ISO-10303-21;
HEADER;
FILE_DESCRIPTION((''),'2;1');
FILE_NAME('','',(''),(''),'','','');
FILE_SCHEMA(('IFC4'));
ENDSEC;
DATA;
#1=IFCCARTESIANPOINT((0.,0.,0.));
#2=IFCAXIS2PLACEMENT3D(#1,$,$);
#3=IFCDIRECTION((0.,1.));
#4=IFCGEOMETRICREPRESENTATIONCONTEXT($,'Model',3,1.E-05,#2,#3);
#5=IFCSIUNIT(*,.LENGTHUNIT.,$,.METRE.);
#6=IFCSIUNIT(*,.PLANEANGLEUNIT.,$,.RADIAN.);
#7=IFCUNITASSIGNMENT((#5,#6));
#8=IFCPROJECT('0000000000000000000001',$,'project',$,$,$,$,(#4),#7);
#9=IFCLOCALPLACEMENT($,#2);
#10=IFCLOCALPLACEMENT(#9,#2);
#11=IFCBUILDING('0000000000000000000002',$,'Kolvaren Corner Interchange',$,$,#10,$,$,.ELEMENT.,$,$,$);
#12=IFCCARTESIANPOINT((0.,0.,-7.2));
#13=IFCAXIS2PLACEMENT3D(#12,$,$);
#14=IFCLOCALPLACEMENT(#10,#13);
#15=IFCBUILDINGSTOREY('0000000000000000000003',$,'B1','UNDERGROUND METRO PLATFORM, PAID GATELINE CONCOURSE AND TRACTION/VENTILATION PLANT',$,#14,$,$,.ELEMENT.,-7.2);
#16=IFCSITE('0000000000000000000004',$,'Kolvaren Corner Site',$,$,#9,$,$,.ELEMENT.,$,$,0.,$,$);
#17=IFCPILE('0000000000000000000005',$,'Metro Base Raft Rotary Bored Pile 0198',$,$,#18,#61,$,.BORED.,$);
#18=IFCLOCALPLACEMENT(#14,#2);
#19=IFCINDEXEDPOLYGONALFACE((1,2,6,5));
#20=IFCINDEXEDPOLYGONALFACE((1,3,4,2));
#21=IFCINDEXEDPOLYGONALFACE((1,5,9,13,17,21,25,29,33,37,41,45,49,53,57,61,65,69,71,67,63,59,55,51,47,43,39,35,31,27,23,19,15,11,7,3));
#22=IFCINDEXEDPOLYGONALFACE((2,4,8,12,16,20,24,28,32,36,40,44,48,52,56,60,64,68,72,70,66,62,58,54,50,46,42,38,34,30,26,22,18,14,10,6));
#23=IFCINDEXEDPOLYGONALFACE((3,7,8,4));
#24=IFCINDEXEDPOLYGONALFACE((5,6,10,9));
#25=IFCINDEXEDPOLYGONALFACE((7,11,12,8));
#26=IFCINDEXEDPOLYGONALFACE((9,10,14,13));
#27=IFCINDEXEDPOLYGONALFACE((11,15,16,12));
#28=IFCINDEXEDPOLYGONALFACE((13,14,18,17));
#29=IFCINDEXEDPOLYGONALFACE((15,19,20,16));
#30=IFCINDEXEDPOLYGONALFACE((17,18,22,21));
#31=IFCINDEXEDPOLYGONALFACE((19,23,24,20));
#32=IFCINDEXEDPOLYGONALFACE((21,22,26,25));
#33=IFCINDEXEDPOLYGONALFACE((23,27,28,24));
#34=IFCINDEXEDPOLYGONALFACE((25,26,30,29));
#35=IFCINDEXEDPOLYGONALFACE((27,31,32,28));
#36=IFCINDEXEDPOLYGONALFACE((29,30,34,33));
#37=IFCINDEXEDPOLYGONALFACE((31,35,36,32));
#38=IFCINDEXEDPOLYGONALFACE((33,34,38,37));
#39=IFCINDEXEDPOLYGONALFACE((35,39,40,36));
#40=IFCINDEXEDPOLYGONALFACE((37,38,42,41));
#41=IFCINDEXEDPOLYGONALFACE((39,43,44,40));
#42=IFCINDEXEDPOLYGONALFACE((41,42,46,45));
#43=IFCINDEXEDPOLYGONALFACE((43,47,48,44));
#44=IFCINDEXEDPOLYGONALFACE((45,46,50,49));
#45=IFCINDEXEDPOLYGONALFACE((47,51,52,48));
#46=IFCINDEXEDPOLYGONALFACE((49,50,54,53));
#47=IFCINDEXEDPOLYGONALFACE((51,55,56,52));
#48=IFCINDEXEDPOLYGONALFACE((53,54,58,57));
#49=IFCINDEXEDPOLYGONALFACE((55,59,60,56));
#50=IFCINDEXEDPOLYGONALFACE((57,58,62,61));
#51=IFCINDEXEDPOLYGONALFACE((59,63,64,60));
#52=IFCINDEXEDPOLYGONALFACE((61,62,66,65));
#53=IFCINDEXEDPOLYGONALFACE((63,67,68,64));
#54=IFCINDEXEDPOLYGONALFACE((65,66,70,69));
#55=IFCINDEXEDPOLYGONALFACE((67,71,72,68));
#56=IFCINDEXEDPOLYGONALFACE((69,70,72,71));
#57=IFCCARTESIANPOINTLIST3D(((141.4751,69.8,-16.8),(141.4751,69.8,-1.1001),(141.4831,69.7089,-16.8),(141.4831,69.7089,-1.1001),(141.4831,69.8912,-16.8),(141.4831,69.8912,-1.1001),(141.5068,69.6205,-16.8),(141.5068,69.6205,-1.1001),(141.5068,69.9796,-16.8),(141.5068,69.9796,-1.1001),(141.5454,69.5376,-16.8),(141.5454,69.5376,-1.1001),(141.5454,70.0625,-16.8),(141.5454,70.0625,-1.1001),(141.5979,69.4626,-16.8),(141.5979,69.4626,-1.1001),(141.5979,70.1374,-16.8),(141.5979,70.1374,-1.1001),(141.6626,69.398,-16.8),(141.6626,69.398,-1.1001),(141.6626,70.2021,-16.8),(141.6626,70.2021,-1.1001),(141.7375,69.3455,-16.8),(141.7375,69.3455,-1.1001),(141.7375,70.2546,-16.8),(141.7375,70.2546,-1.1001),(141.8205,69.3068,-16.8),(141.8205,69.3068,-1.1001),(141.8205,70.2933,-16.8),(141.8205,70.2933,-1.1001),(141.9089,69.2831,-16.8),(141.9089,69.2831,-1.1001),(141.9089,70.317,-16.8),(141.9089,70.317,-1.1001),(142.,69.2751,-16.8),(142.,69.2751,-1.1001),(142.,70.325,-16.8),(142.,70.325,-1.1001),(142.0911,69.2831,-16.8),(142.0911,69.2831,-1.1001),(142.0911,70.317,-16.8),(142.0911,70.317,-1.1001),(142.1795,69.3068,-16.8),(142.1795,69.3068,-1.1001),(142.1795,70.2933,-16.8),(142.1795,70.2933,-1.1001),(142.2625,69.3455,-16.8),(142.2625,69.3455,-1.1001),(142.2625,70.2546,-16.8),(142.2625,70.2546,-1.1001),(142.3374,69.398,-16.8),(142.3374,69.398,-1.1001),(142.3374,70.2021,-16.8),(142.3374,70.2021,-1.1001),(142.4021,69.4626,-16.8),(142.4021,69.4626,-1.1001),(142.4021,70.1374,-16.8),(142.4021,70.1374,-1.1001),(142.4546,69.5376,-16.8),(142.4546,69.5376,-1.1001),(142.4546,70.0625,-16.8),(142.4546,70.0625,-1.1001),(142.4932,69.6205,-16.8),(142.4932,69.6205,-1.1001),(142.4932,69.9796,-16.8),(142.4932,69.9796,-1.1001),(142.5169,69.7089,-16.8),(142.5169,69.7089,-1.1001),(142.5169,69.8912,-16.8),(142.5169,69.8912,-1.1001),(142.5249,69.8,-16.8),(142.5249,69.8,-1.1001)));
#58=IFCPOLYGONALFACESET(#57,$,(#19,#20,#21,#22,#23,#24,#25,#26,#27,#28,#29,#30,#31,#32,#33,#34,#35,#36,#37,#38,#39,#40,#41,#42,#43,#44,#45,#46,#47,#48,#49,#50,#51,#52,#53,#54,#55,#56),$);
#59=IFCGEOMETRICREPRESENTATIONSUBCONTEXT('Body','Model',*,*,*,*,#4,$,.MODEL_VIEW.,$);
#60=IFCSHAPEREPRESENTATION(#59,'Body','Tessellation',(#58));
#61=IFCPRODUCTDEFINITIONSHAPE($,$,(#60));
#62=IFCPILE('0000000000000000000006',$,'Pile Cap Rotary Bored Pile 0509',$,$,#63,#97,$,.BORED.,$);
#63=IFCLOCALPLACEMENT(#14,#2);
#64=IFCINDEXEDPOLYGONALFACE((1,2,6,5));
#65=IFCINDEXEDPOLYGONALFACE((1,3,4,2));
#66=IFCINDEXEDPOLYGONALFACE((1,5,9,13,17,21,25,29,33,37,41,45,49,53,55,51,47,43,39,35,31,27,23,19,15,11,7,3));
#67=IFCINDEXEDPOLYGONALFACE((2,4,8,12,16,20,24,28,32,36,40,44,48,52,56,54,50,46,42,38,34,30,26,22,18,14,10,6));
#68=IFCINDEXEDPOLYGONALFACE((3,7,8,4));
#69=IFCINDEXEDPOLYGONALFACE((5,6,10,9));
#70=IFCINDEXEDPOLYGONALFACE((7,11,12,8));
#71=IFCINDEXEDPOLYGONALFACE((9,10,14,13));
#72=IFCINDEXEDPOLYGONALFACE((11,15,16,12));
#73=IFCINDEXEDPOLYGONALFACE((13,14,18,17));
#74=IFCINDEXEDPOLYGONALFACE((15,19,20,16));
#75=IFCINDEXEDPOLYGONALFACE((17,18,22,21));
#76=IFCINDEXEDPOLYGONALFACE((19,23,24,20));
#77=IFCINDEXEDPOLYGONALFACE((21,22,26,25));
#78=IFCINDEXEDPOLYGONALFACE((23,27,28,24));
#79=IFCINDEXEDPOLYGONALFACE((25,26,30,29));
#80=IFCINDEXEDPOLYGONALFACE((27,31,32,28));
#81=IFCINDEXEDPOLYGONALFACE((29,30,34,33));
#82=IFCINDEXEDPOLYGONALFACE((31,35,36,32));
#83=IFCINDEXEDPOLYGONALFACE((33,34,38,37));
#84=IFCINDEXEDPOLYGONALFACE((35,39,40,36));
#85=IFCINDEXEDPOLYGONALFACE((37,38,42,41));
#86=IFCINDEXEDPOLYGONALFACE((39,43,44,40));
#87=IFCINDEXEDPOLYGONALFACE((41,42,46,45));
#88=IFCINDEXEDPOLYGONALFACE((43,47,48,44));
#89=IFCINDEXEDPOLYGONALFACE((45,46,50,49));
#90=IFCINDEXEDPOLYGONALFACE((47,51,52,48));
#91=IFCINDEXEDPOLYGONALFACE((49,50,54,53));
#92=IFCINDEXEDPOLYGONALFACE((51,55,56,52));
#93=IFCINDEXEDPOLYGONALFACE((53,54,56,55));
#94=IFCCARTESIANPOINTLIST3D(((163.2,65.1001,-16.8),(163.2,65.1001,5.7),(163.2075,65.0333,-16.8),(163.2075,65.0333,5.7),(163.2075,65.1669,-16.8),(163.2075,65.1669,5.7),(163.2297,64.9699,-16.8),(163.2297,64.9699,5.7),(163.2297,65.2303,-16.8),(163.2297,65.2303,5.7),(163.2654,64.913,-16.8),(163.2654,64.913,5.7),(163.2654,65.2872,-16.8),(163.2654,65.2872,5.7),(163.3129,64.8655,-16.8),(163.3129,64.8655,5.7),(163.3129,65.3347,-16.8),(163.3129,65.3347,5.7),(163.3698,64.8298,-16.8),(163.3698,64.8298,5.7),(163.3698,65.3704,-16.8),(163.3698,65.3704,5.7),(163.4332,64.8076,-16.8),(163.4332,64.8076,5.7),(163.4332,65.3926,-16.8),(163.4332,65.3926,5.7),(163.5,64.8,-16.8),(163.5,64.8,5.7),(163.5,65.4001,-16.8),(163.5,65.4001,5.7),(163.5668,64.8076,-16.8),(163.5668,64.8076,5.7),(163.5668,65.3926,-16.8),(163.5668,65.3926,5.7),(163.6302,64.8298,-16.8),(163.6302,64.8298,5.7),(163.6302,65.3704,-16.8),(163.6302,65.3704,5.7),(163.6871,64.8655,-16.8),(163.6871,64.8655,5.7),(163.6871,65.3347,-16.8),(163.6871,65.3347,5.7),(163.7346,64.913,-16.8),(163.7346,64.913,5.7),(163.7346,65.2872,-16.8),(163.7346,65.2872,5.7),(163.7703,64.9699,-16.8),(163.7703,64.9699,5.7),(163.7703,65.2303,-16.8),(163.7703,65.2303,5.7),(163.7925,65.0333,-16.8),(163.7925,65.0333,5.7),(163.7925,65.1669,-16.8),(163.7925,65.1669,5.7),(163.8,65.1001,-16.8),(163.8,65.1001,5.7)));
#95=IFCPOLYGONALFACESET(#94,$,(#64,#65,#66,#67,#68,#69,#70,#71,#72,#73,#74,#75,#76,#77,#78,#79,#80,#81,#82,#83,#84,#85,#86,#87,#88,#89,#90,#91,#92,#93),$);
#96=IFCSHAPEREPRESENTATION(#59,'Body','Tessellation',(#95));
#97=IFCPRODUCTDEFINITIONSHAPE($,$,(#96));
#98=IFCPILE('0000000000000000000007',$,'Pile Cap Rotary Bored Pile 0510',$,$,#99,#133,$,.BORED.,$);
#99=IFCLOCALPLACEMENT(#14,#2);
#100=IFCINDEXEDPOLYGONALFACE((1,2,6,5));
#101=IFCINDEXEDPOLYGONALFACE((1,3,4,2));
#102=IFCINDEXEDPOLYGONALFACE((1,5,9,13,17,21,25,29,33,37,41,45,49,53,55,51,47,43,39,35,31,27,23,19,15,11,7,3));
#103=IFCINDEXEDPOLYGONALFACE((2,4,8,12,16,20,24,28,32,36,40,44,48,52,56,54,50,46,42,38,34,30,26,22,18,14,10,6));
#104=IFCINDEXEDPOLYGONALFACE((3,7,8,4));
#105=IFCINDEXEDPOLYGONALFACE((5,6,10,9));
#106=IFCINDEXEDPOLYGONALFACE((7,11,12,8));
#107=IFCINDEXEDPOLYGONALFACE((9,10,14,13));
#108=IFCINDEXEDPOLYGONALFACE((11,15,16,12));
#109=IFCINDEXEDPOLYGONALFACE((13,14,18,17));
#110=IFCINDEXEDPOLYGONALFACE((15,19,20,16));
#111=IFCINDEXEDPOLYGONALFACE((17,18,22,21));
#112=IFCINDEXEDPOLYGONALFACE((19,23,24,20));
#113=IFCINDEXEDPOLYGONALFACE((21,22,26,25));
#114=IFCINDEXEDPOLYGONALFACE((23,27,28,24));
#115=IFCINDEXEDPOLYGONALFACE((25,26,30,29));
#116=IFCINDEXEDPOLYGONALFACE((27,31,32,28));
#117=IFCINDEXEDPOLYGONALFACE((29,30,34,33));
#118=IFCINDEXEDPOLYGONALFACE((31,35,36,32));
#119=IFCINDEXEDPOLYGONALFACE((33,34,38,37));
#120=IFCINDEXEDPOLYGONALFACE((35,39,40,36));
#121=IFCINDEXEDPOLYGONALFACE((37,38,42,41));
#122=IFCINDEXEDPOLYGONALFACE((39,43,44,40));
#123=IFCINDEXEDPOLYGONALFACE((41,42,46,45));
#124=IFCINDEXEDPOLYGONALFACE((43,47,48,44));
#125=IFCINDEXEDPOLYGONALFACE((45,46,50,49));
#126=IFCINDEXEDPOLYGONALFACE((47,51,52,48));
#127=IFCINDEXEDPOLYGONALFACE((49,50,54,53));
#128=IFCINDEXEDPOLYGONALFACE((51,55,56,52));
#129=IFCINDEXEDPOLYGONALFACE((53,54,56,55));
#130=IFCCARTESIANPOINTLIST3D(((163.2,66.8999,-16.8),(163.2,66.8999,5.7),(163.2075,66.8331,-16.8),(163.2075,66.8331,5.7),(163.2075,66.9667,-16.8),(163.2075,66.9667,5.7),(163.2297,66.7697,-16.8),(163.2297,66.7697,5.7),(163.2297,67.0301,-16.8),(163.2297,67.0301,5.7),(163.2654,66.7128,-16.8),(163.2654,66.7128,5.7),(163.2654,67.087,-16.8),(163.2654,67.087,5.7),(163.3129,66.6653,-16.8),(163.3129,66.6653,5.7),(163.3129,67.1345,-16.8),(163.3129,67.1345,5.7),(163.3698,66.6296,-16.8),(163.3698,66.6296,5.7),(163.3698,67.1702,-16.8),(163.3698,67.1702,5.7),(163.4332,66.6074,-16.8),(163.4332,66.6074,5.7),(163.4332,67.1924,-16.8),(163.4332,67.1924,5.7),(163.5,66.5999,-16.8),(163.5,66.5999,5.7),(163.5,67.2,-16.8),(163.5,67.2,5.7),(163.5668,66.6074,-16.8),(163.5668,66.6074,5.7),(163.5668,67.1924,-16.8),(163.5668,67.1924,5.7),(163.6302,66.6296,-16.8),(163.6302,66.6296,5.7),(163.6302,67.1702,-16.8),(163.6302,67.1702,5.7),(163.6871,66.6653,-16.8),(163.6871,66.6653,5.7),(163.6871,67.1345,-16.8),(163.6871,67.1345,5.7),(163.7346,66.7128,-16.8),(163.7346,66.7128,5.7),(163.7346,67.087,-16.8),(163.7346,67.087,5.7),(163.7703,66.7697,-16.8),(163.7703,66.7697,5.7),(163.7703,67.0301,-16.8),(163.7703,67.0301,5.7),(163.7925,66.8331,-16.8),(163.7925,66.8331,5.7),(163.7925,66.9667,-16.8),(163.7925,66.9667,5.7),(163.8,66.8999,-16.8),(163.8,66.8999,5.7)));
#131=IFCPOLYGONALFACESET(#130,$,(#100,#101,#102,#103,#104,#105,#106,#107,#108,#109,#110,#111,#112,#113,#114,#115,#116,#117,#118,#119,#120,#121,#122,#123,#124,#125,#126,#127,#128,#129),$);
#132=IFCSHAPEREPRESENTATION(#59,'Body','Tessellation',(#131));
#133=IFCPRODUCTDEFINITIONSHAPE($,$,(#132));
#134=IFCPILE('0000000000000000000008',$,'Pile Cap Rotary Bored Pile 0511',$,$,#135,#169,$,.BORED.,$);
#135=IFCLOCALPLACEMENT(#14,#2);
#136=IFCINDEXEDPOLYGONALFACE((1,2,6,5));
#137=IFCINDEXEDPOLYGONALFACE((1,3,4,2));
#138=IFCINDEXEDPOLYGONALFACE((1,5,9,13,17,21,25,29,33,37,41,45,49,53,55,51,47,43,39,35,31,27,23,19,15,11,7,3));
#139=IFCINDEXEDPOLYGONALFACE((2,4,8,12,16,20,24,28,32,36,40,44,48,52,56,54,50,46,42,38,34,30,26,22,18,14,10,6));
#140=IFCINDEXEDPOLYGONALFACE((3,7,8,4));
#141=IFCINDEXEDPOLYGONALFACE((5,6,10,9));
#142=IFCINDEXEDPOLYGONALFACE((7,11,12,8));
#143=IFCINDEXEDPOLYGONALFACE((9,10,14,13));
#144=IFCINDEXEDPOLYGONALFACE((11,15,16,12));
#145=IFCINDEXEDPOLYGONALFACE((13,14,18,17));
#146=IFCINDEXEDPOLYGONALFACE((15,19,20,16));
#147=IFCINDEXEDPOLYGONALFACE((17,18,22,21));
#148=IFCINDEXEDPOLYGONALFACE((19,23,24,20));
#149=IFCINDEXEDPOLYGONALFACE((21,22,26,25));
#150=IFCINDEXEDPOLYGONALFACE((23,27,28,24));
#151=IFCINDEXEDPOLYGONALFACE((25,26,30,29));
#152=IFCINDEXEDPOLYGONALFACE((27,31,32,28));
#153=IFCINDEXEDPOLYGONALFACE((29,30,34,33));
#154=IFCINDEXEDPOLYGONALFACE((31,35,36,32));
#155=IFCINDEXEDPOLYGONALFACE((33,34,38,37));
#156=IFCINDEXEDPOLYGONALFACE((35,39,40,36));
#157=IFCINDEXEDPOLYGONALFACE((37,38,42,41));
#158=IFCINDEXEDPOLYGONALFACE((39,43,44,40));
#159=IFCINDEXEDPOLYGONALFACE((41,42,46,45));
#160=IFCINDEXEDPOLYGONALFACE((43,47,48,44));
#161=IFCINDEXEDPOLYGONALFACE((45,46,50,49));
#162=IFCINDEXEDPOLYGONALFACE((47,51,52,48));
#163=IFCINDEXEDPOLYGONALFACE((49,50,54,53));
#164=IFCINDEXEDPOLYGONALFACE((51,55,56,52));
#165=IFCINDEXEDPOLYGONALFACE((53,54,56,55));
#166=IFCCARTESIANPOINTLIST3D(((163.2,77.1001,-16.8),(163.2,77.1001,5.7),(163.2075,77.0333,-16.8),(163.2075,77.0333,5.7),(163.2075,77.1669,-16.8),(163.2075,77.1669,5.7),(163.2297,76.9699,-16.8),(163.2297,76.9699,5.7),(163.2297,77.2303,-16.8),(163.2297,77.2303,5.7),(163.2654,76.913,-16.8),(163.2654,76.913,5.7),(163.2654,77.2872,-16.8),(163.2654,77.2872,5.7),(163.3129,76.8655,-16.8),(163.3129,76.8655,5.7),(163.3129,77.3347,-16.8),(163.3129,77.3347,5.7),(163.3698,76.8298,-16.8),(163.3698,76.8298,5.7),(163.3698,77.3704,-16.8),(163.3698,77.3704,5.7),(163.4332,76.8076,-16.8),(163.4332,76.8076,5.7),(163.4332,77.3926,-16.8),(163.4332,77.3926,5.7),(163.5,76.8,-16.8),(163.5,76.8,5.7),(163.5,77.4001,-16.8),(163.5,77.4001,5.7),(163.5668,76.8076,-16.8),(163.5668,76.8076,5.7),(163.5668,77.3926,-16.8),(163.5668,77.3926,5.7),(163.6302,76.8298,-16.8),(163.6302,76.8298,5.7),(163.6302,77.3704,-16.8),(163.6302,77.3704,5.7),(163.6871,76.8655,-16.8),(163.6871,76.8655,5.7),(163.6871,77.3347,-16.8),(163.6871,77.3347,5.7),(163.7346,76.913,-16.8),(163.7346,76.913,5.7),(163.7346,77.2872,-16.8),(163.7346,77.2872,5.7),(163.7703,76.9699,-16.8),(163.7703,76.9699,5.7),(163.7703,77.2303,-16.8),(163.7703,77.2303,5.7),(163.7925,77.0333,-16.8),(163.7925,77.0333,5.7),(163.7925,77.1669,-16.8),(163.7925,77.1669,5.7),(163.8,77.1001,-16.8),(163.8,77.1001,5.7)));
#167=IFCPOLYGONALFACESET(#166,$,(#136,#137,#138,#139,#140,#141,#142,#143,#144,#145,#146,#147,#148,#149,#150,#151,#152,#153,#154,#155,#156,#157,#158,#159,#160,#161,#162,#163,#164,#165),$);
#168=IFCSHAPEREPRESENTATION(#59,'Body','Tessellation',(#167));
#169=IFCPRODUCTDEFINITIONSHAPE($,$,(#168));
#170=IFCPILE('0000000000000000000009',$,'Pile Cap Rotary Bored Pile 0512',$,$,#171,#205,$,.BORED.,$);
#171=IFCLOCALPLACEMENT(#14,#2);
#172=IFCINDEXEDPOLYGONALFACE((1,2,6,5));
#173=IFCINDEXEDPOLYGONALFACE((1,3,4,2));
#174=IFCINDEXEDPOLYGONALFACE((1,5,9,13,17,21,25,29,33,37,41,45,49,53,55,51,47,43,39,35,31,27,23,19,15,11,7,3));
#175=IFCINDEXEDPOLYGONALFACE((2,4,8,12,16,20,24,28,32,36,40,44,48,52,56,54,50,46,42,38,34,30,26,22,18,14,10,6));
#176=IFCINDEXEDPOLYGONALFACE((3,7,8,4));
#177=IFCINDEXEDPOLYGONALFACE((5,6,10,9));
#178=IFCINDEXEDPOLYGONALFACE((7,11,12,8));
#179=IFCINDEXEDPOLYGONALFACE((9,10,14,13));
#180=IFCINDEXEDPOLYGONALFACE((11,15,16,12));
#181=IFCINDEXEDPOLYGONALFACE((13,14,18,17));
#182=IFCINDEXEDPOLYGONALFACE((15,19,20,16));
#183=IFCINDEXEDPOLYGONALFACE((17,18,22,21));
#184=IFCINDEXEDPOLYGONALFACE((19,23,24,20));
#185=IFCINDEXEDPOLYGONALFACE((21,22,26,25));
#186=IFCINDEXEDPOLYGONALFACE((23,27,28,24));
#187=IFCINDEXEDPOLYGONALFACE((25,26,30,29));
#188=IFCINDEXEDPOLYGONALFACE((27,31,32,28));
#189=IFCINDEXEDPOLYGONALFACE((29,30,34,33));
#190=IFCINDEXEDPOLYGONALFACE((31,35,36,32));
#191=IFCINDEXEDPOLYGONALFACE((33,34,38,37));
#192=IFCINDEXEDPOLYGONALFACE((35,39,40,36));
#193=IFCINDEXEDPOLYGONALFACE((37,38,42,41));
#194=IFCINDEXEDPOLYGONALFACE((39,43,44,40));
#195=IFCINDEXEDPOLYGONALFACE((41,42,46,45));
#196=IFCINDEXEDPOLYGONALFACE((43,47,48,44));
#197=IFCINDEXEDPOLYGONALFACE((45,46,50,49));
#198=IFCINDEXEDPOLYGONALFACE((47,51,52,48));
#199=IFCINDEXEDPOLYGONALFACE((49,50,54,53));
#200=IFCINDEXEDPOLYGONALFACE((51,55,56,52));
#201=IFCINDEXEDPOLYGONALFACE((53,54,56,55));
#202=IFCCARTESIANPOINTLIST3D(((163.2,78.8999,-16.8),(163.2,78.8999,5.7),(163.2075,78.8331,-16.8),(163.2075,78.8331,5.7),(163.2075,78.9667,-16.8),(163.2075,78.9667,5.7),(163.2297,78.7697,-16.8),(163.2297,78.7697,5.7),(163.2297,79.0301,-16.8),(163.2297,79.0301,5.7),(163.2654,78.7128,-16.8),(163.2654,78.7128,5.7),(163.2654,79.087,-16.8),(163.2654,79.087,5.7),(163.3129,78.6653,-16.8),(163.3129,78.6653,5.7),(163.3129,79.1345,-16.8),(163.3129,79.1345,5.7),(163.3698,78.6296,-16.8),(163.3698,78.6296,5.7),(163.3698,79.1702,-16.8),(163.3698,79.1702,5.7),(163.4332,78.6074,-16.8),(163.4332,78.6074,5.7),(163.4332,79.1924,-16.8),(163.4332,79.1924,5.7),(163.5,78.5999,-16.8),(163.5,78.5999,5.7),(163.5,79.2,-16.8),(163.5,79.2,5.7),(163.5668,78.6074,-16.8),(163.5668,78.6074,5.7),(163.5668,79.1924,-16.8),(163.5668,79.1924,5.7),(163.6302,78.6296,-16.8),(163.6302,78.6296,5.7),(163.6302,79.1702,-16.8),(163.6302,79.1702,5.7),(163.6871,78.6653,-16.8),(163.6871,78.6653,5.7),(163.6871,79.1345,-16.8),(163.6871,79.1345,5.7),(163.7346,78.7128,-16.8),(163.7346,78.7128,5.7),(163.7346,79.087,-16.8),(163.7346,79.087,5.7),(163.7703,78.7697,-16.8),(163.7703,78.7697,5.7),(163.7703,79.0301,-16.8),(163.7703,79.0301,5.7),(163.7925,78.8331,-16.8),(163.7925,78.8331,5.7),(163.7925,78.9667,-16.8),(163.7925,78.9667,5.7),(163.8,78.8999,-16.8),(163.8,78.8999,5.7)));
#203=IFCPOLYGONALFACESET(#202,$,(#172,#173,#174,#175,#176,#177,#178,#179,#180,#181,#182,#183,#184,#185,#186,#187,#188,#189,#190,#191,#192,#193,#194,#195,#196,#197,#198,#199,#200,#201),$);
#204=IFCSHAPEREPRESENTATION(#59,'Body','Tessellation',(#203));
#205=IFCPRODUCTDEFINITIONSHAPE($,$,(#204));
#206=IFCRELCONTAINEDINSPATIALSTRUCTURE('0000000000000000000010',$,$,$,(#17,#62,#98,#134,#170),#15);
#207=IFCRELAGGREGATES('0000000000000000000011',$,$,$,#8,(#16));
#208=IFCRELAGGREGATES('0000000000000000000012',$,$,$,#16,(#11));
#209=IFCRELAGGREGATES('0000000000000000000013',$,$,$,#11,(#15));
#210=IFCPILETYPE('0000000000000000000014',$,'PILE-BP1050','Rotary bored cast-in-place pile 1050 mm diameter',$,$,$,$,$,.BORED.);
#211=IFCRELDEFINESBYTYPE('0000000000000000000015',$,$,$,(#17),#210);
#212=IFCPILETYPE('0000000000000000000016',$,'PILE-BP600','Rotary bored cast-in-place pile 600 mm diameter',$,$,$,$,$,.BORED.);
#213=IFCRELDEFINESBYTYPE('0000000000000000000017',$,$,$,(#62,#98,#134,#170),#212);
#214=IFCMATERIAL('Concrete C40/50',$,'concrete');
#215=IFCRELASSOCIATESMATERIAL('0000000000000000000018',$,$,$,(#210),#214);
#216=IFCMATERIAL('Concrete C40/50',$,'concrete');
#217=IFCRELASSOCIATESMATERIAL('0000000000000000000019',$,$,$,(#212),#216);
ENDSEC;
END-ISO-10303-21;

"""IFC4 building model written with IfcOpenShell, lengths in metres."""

from ifc_helpers import new_model, si_unit, direction, frame, origin, origin_2d, place, context, subcontext, project, spatial, circle, extrude, material, material_profile, profile_set, type_object, element, save


model = new_model("IFC4")

# Units and contexts
model_context = context("Model", 3, precision=1e-05, world=origin(), true_north=direction((0.0, 1.0)))
body_context = subcontext(model_context, "Body", "Model", "MODEL_VIEW")
ifc_project = project(units=[si_unit("LENGTHUNIT", "METRE"), si_unit("PLANEANGLEUNIT", "RADIAN")], contexts=[model_context])

# Site, building, storey
site_placement = place(None, origin())
site = spatial("IfcSite", under=ifc_project, at=site_placement, Name="Kolvaren Corner Site", CompositionType="ELEMENT", RefElevation=0.0)
building_placement = place(site_placement, origin())
building = spatial("IfcBuilding", under=site, at=building_placement, Name="Kolvaren Corner Interchange", CompositionType="ELEMENT")
storey_placement = place(building_placement, frame((0.0, 0.0, -7.2)))
storey = spatial("IfcBuildingStorey", under=building, at=storey_placement, Name="B1", Description="UNDERGROUND METRO PLATFORM, PAID GATELINE CONCOURSE AND TRACTION/VENTILATION PLANT", CompositionType="ELEMENT", Elevation=-7.2)

# Piles
ifc_material_1 = material(Name="Concrete C40/50", Category="concrete")
ifc_material_profile_1 = material_profile(ifc_material_1, circle(Radius=0.5249, at=origin_2d()), Name="BORED PILE 1050")
ifc_profile_set_1 = profile_set([ifc_material_profile_1], Name="Concrete C40/50")
pile_type_1 = type_object("IfcPileType", Name="PILE-BP1050", Description="Rotary bored cast-in-place pile 1050 mm diameter", PredefinedType="BORED", material=ifc_profile_set_1)
for number, where, z_axis, x_axis, name in (
    (1, (142.0, 69.8, -1.1001), (0.0, 0.0, -1.0), (1.0, 0.0, 0.0), "Metro Base Raft Rotary Bored Pile 0198"),
):
    element("IfcPile", number, at=place(storey_placement, frame(where, z_axis=z_axis, x_axis=x_axis)), inside=storey, type_object=pile_type_1, Name=name, PredefinedType="BORED", context=body_context, shape_type="SweptSolid", body=[
        extrude(circle(Radius=0.5249, at=origin_2d()), origin(), (0.0, 0.0, 1.0), 15.7),
    ])
ifc_material_2 = material(Name="Concrete C40/50", Category="concrete")
ifc_material_profile_2 = material_profile(ifc_material_2, circle(Radius=0.3, at=origin_2d()), Name="BORED PILE 600")
ifc_profile_set_2 = profile_set([ifc_material_profile_2], Name="Concrete C40/50")
pile_type_2 = type_object("IfcPileType", Name="PILE-BP600", Description="Rotary bored cast-in-place pile 600 mm diameter", PredefinedType="BORED", material=ifc_profile_set_2)
for number, where, z_axis, x_axis, name in (
    (2, (163.5, 65.1001, 5.7), (0.0, 0.0, -1.0), (1.0, 0.0, 0.0), "Pile Cap Rotary Bored Pile 0509"),
    (3, (163.5, 66.8999, 5.7), (0.0, 0.0, -1.0), (1.0, 0.0, 0.0), "Pile Cap Rotary Bored Pile 0510"),
    (4, (163.5, 77.1001, 5.7), (0.0, 0.0, -1.0), (1.0, 0.0, 0.0), "Pile Cap Rotary Bored Pile 0511"),
    (5, (163.5, 78.8999, 5.7), (0.0, 0.0, -1.0), (1.0, 0.0, 0.0), "Pile Cap Rotary Bored Pile 0512"),
):
    element("IfcPile", number, at=place(storey_placement, frame(where, z_axis=z_axis, x_axis=x_axis)), inside=storey, type_object=pile_type_2, Name=name, PredefinedType="BORED", context=body_context, shape_type="SweptSolid", body=[
        extrude(circle(Radius=0.3, at=origin_2d()), origin(), (0.0, 0.0, 1.0), 22.5),
    ])

save(model, "model.ifc")
